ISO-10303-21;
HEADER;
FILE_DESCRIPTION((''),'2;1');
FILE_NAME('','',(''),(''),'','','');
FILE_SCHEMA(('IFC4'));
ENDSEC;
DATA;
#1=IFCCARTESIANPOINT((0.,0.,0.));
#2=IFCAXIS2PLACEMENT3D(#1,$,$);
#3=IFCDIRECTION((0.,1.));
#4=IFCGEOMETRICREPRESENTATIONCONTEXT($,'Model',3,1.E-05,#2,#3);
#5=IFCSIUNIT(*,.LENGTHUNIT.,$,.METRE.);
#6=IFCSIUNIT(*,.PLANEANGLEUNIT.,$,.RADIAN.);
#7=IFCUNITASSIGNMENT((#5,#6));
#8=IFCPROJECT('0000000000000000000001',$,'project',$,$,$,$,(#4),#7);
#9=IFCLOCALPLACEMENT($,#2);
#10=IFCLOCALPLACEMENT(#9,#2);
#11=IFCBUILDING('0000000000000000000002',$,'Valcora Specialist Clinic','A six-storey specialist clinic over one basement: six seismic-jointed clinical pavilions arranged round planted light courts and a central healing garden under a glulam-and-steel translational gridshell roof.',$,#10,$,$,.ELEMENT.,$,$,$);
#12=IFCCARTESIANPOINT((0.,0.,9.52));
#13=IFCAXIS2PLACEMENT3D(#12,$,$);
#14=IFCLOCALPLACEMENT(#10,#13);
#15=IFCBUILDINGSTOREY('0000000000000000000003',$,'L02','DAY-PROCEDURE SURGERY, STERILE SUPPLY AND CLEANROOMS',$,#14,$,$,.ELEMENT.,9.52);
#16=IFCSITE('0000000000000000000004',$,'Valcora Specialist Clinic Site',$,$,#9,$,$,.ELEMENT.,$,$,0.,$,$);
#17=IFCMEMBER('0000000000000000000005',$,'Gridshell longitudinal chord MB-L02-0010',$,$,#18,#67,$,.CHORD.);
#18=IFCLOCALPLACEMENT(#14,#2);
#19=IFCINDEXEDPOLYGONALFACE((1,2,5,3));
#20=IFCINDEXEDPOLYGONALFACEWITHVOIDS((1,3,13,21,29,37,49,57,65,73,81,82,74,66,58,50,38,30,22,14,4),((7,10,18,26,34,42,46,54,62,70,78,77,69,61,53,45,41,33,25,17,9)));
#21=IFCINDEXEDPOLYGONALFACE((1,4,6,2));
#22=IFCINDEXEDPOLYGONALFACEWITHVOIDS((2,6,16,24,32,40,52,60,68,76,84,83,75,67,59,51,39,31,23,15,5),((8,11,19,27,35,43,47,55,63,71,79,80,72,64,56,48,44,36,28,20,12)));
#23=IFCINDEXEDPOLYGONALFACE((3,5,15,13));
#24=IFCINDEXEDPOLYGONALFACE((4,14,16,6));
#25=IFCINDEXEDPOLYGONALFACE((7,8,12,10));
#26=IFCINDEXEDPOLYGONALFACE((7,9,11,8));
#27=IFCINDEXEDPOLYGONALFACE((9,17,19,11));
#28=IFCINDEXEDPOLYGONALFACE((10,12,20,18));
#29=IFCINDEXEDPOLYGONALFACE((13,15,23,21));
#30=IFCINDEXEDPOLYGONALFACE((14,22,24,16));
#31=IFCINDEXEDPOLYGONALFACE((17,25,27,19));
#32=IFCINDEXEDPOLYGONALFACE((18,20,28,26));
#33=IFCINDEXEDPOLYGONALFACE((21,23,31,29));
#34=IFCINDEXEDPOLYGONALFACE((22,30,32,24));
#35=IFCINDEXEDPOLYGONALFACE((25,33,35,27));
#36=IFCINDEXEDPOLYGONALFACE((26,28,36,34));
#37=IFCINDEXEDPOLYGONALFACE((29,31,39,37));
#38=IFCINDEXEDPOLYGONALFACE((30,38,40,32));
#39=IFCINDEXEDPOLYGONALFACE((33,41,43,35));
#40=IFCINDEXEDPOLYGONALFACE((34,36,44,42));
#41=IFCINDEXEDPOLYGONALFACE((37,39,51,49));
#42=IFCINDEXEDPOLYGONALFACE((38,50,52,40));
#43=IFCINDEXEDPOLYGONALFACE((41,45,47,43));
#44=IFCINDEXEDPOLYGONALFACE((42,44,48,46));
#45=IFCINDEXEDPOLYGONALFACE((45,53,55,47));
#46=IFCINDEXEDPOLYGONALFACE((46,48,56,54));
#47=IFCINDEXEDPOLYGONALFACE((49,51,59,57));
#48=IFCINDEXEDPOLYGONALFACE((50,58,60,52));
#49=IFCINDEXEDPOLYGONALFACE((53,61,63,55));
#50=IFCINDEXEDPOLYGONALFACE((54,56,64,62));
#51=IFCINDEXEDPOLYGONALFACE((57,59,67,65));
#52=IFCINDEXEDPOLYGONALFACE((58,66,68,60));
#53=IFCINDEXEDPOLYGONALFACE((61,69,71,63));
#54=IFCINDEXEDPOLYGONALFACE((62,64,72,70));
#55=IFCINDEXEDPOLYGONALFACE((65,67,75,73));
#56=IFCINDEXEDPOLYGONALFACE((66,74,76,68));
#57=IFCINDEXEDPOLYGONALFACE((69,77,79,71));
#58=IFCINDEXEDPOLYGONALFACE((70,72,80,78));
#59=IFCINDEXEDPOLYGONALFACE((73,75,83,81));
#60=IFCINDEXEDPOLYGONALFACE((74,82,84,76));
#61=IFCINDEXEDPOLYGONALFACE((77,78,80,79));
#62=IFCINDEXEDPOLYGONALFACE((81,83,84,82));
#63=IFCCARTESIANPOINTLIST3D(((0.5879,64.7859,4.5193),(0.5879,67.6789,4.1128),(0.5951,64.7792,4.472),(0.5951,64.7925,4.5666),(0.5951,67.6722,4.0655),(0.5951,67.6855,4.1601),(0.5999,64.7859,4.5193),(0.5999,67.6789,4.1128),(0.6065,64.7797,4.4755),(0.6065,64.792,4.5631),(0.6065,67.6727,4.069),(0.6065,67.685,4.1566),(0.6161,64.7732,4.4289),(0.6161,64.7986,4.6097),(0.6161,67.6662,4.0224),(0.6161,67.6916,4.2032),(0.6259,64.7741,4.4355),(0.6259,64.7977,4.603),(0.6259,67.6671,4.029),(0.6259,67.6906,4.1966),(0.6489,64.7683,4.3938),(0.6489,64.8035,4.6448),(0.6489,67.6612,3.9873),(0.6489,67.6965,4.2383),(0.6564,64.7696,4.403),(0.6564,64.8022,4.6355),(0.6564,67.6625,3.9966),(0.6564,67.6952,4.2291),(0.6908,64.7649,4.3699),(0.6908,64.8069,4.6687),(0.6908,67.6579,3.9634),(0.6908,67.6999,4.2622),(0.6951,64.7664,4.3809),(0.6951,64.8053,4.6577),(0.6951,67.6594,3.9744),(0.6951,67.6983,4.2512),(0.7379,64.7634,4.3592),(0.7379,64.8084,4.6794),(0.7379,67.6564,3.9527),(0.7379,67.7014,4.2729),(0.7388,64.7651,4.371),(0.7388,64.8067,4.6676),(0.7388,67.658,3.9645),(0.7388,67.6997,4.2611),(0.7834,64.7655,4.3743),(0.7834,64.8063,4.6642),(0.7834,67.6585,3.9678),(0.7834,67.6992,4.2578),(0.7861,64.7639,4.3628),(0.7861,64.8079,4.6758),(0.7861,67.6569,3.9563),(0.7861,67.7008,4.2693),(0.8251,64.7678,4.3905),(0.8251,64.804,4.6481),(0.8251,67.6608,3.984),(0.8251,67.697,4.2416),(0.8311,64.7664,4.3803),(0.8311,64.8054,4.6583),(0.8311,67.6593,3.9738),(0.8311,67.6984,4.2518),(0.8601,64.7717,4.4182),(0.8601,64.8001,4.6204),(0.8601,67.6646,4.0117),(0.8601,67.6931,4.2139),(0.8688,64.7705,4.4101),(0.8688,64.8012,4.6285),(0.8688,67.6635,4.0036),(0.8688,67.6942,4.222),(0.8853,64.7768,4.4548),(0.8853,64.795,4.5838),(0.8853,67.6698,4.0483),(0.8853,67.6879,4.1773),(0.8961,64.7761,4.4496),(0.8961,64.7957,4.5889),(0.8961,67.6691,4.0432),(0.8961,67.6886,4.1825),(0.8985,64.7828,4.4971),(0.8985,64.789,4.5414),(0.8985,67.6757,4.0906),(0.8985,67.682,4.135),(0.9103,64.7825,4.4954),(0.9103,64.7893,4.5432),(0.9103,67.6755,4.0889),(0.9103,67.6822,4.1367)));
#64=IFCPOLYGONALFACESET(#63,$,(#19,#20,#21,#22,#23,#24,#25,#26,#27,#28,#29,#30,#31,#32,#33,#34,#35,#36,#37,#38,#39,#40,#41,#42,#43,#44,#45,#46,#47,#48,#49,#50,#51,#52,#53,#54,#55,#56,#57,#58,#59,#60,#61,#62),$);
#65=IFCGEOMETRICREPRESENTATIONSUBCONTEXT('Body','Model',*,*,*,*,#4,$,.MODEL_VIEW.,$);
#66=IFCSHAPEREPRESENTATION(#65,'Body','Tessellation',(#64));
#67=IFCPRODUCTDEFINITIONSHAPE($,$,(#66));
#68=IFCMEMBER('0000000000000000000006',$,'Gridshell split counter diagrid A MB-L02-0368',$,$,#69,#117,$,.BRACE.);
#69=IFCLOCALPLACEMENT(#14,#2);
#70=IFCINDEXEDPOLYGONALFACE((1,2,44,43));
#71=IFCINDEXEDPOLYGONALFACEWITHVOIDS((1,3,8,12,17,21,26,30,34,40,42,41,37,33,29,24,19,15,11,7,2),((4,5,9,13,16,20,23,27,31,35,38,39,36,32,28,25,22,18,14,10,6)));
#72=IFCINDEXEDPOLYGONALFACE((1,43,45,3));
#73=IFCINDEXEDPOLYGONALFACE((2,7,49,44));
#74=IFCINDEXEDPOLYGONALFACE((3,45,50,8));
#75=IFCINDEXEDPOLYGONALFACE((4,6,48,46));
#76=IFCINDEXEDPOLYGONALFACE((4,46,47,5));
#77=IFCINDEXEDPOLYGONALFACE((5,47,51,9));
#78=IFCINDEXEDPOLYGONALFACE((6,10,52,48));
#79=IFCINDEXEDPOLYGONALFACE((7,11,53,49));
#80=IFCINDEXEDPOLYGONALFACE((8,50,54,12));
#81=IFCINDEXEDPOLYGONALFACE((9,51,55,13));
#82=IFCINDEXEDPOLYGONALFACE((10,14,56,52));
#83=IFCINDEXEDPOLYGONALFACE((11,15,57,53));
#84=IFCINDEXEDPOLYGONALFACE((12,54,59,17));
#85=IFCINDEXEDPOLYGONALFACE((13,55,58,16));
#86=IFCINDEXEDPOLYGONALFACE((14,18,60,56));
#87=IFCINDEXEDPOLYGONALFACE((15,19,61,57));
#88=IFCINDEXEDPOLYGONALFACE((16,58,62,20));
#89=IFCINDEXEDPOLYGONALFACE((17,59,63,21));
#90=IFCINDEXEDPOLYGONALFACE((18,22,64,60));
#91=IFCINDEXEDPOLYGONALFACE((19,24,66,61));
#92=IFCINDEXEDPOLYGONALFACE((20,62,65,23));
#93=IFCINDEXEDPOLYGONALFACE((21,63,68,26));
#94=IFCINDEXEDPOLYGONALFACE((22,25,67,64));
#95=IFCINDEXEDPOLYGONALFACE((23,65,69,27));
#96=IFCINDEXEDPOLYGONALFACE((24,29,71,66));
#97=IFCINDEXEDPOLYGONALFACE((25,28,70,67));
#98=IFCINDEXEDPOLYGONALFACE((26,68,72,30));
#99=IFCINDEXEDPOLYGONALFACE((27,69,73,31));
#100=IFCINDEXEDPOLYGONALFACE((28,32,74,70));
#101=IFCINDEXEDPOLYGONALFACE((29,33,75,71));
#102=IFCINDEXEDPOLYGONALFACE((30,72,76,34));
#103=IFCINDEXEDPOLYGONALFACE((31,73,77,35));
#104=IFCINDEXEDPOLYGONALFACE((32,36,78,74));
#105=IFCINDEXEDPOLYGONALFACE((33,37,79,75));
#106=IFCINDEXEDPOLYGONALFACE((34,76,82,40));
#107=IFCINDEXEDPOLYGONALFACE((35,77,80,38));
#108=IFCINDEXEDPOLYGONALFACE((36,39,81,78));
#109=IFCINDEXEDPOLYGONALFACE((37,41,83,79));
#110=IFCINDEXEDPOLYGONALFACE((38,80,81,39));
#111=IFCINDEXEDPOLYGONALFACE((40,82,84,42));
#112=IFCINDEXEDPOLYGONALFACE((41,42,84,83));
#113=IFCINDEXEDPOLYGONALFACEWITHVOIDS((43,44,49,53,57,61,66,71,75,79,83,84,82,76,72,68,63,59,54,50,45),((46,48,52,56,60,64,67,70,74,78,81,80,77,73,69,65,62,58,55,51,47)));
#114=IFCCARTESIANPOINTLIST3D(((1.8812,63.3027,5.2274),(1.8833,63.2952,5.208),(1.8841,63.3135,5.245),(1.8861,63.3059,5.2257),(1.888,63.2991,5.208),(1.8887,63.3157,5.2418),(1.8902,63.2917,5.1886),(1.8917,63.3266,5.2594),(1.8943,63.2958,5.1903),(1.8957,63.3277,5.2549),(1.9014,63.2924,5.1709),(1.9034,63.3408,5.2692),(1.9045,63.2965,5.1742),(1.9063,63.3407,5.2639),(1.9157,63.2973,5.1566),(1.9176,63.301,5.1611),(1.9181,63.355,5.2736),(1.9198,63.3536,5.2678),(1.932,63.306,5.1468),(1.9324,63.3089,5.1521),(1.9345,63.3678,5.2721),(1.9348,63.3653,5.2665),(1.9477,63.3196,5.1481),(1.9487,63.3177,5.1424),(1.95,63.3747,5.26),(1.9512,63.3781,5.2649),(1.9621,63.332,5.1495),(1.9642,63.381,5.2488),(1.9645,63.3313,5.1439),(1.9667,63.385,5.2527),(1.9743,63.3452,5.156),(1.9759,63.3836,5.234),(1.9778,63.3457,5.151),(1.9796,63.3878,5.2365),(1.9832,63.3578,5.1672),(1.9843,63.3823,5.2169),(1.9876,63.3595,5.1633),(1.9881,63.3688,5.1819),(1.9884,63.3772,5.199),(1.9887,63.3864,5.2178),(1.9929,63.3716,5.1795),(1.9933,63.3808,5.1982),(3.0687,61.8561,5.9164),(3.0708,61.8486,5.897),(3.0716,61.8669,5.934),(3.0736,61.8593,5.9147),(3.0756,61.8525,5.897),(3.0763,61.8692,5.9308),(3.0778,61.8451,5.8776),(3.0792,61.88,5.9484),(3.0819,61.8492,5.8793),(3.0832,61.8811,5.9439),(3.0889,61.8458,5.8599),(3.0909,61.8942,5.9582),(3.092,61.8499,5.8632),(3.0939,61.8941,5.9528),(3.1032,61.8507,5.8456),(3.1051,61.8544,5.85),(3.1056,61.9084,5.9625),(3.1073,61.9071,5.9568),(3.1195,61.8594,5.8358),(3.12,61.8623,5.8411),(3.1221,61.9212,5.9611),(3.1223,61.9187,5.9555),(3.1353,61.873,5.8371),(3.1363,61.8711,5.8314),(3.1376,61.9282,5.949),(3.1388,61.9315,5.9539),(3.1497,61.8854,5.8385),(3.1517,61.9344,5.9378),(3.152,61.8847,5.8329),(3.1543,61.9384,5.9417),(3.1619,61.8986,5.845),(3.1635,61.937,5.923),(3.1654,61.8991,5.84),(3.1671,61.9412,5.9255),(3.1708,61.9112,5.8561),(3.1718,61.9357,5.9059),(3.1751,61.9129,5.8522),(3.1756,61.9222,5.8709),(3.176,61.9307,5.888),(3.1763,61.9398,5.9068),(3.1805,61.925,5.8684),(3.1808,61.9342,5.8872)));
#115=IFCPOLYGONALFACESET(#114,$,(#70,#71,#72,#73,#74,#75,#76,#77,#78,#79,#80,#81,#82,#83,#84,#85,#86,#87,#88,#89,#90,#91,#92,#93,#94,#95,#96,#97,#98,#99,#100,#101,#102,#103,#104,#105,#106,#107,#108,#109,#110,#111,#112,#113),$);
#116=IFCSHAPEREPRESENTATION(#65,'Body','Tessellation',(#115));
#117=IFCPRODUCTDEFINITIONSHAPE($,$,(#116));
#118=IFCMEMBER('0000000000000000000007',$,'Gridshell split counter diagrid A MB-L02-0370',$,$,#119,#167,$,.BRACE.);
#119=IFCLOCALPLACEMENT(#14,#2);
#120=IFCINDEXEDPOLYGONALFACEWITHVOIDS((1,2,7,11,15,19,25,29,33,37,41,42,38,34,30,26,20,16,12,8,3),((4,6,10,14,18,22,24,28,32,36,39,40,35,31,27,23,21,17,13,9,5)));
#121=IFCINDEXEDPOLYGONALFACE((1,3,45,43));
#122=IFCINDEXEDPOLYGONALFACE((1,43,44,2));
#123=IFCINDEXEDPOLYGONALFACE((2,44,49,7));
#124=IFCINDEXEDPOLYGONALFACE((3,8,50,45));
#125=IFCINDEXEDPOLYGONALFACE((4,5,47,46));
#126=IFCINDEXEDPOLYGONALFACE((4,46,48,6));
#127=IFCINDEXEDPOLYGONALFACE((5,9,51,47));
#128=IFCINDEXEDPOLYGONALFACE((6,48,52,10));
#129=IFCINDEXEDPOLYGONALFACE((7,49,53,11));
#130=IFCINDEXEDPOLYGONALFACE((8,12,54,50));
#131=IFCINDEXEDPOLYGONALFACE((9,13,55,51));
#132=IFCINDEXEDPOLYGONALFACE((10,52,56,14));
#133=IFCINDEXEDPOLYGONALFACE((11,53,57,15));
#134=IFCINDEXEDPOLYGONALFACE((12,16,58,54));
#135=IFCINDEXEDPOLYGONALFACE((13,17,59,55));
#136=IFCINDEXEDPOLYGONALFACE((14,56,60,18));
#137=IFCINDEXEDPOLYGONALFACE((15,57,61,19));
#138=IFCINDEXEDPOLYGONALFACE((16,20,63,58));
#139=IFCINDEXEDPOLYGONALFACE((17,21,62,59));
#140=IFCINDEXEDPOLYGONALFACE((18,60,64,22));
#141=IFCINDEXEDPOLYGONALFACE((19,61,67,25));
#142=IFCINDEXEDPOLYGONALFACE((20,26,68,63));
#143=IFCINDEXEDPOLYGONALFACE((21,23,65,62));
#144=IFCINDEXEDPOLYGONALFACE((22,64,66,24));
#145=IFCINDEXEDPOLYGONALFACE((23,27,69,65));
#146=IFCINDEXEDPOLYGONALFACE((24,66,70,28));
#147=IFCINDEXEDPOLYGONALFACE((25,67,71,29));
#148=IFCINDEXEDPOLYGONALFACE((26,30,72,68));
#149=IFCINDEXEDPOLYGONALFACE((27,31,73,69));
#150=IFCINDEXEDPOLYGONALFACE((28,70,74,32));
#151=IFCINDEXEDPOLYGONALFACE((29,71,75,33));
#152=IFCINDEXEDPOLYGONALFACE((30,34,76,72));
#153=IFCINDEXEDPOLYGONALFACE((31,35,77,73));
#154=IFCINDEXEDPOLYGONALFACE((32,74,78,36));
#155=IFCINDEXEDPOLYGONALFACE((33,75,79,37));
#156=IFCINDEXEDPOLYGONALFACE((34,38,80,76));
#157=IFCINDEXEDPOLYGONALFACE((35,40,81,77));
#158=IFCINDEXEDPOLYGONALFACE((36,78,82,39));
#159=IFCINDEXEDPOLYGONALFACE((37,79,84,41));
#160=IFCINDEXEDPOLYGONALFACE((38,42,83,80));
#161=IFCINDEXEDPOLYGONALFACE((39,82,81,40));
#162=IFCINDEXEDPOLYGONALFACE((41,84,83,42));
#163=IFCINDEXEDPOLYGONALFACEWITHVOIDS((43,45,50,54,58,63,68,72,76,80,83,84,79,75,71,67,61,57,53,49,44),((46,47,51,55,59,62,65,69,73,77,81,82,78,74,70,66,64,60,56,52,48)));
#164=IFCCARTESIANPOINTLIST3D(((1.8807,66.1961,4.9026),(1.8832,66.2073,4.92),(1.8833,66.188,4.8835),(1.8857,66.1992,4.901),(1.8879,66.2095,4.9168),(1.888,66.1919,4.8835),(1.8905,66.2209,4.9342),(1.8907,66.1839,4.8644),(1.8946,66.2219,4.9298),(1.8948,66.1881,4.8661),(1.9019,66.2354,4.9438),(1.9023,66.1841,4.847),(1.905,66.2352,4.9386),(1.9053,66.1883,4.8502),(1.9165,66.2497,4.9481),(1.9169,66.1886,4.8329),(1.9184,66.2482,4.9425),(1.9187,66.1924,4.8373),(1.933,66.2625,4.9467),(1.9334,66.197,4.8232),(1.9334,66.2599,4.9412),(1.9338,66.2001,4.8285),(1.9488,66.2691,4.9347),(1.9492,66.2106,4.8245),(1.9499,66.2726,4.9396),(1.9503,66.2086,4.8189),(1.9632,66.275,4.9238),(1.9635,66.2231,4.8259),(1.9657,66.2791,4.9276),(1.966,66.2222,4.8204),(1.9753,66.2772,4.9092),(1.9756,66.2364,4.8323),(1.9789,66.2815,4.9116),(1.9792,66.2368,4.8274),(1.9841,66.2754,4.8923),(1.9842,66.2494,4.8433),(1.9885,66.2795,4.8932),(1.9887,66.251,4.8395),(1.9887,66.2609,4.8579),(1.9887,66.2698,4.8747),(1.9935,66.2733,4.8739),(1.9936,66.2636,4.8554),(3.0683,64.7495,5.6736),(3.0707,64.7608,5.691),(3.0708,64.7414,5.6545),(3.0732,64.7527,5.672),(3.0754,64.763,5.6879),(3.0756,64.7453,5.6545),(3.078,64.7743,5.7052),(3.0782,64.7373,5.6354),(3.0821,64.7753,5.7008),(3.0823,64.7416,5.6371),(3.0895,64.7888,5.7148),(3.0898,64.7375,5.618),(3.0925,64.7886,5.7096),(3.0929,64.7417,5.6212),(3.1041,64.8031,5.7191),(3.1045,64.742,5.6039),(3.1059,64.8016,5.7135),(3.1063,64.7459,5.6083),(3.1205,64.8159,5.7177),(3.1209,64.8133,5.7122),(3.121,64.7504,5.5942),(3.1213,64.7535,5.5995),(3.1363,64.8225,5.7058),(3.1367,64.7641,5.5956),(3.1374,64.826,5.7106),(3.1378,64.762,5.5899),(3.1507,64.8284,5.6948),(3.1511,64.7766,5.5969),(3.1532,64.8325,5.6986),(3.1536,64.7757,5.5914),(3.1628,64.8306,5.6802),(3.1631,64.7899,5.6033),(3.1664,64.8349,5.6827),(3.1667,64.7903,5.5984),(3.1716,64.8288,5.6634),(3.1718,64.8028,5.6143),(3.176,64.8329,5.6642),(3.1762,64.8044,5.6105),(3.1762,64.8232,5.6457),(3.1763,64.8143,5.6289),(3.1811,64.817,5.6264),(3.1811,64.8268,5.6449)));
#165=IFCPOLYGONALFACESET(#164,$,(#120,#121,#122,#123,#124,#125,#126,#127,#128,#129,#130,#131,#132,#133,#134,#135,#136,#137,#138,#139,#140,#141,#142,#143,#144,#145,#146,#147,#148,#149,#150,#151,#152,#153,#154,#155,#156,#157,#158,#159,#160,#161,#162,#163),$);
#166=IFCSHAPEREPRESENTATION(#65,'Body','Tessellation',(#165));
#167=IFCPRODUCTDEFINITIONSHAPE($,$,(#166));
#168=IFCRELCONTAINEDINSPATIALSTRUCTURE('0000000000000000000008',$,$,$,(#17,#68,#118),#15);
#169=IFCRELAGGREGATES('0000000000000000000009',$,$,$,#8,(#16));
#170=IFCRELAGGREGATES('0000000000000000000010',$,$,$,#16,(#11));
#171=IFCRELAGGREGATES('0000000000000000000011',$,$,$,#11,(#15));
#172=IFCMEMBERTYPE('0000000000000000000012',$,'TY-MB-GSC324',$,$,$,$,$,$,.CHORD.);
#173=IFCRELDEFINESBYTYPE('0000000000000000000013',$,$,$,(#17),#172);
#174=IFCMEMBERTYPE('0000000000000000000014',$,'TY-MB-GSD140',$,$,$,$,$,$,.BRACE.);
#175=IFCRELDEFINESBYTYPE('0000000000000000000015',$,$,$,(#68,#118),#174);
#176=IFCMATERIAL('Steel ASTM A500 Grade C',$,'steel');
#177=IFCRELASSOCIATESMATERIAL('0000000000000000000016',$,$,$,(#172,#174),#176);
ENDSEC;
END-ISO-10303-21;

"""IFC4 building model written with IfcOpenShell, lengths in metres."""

from ifc_helpers import new_model, si_unit, direction, frame, origin, origin_2d, place, context, subcontext, project, spatial, hollow_circle, extrude, material, material_profile, profile_set, type_object, element, save


model = new_model("IFC4")

# Units and contexts
model_context = context("Model", 3, precision=1e-05, world=origin(), true_north=direction((0.0, 1.0)))
body_context = subcontext(model_context, "Body", "Model", "MODEL_VIEW")
ifc_project = project(units=[si_unit("LENGTHUNIT", "METRE"), si_unit("PLANEANGLEUNIT", "RADIAN")], contexts=[model_context])

# Site, building, storey
site_placement = place(None, origin())
site = spatial("IfcSite", under=ifc_project, at=site_placement, Name="Valcora Specialist Clinic Site", CompositionType="ELEMENT", RefElevation=0.0)
building_placement = place(site_placement, origin())
building = spatial("IfcBuilding", under=site, at=building_placement, Name="Valcora Specialist Clinic", Description="A six-storey specialist clinic over one basement: six seismic-jointed clinical pavilions arranged round planted light courts and a central healing garden under a glulam-and-steel translational gridshell roof.", CompositionType="ELEMENT")
storey_placement = place(building_placement, frame((0.0, 0.0, 9.52)))
storey = spatial("IfcBuildingStorey", under=building, at=storey_placement, Name="L02", Description="DAY-PROCEDURE SURGERY, STERILE SUPPLY AND CLEANROOMS", CompositionType="ELEMENT", Elevation=9.52)

# Members
ifc_material_1 = material(Name="Steel ASTM A500 Grade C", Category="steel")
ifc_material_profile_1 = material_profile(ifc_material_1, hollow_circle(Radius=0.1621, WallThickness=0.012, at=origin_2d()), Name="ST-CHS-324X12")
ifc_profile_set_1 = profile_set([ifc_material_profile_1], Name="Steel ASTM A500 Grade C")
member_type_1 = type_object("IfcMemberType", Name="TY-MB-GSC324", PredefinedType="CHORD", material=ifc_profile_set_1)
member_1_placement = place(storey_placement, frame((0.75, 64.7859, 4.5193), z_axis=(0.0, 0.990273, -0.13914), x_axis=(-1.0, 0.0, 0.0)))
element("IfcMember", 1, at=member_1_placement, inside=storey, type_object=member_type_1, Name="Gridshell longitudinal chord MB-L02-0010", PredefinedType="CHORD", context=body_context, shape_type="SweptSolid", body=[
    extrude(hollow_circle(Radius=0.1621, WallThickness=0.012, at=origin_2d()), origin(), (0.0, 0.0, 1.0), 2.9214),
])
ifc_material_profile_2 = material_profile(ifc_material_1, hollow_circle(Radius=0.0701, WallThickness=0.0061, at=origin_2d()), Name="ST-CHS-140X6")
ifc_profile_set_2 = profile_set([ifc_material_profile_2], Name="Steel ASTM A500 Grade C")
member_type_2 = type_object("IfcMemberType", Name="TY-MB-GSD140", PredefinedType="BRACE", material=ifc_profile_set_2)
member_2_placement = place(storey_placement, frame((3.125, 61.8931, 5.897), z_axis=(-0.595443, 0.725329, -0.345465), x_axis=(-0.772916, -0.634508, 0.0)))
element("IfcMember", 2, at=member_2_placement, inside=storey, type_object=member_type_2, Name="Gridshell split counter diagrid A MB-L02-0368", PredefinedType="BRACE", context=body_context, shape_type="SweptSolid", body=[
    extrude(hollow_circle(Radius=0.0701, WallThickness=0.0061, at=origin_2d()), origin(), (0.0, 0.0, 1.0), 1.9944),
])
member_3_placement = place(storey_placement, frame((3.125, 64.7859, 5.6545), z_axis=(-0.586676, 0.714649, -0.380905), x_axis=(-0.772916, -0.634508, 0.0)))
element("IfcMember", 3, at=member_3_placement, inside=storey, type_object=member_type_2, Name="Gridshell split counter diagrid A MB-L02-0370", PredefinedType="BRACE", context=body_context, shape_type="SweptSolid", body=[
    extrude(hollow_circle(Radius=0.0701, WallThickness=0.0061, at=origin_2d()), origin(), (0.0, 0.0, 1.0), 2.0242),
])

save(model, "model.ifc")
